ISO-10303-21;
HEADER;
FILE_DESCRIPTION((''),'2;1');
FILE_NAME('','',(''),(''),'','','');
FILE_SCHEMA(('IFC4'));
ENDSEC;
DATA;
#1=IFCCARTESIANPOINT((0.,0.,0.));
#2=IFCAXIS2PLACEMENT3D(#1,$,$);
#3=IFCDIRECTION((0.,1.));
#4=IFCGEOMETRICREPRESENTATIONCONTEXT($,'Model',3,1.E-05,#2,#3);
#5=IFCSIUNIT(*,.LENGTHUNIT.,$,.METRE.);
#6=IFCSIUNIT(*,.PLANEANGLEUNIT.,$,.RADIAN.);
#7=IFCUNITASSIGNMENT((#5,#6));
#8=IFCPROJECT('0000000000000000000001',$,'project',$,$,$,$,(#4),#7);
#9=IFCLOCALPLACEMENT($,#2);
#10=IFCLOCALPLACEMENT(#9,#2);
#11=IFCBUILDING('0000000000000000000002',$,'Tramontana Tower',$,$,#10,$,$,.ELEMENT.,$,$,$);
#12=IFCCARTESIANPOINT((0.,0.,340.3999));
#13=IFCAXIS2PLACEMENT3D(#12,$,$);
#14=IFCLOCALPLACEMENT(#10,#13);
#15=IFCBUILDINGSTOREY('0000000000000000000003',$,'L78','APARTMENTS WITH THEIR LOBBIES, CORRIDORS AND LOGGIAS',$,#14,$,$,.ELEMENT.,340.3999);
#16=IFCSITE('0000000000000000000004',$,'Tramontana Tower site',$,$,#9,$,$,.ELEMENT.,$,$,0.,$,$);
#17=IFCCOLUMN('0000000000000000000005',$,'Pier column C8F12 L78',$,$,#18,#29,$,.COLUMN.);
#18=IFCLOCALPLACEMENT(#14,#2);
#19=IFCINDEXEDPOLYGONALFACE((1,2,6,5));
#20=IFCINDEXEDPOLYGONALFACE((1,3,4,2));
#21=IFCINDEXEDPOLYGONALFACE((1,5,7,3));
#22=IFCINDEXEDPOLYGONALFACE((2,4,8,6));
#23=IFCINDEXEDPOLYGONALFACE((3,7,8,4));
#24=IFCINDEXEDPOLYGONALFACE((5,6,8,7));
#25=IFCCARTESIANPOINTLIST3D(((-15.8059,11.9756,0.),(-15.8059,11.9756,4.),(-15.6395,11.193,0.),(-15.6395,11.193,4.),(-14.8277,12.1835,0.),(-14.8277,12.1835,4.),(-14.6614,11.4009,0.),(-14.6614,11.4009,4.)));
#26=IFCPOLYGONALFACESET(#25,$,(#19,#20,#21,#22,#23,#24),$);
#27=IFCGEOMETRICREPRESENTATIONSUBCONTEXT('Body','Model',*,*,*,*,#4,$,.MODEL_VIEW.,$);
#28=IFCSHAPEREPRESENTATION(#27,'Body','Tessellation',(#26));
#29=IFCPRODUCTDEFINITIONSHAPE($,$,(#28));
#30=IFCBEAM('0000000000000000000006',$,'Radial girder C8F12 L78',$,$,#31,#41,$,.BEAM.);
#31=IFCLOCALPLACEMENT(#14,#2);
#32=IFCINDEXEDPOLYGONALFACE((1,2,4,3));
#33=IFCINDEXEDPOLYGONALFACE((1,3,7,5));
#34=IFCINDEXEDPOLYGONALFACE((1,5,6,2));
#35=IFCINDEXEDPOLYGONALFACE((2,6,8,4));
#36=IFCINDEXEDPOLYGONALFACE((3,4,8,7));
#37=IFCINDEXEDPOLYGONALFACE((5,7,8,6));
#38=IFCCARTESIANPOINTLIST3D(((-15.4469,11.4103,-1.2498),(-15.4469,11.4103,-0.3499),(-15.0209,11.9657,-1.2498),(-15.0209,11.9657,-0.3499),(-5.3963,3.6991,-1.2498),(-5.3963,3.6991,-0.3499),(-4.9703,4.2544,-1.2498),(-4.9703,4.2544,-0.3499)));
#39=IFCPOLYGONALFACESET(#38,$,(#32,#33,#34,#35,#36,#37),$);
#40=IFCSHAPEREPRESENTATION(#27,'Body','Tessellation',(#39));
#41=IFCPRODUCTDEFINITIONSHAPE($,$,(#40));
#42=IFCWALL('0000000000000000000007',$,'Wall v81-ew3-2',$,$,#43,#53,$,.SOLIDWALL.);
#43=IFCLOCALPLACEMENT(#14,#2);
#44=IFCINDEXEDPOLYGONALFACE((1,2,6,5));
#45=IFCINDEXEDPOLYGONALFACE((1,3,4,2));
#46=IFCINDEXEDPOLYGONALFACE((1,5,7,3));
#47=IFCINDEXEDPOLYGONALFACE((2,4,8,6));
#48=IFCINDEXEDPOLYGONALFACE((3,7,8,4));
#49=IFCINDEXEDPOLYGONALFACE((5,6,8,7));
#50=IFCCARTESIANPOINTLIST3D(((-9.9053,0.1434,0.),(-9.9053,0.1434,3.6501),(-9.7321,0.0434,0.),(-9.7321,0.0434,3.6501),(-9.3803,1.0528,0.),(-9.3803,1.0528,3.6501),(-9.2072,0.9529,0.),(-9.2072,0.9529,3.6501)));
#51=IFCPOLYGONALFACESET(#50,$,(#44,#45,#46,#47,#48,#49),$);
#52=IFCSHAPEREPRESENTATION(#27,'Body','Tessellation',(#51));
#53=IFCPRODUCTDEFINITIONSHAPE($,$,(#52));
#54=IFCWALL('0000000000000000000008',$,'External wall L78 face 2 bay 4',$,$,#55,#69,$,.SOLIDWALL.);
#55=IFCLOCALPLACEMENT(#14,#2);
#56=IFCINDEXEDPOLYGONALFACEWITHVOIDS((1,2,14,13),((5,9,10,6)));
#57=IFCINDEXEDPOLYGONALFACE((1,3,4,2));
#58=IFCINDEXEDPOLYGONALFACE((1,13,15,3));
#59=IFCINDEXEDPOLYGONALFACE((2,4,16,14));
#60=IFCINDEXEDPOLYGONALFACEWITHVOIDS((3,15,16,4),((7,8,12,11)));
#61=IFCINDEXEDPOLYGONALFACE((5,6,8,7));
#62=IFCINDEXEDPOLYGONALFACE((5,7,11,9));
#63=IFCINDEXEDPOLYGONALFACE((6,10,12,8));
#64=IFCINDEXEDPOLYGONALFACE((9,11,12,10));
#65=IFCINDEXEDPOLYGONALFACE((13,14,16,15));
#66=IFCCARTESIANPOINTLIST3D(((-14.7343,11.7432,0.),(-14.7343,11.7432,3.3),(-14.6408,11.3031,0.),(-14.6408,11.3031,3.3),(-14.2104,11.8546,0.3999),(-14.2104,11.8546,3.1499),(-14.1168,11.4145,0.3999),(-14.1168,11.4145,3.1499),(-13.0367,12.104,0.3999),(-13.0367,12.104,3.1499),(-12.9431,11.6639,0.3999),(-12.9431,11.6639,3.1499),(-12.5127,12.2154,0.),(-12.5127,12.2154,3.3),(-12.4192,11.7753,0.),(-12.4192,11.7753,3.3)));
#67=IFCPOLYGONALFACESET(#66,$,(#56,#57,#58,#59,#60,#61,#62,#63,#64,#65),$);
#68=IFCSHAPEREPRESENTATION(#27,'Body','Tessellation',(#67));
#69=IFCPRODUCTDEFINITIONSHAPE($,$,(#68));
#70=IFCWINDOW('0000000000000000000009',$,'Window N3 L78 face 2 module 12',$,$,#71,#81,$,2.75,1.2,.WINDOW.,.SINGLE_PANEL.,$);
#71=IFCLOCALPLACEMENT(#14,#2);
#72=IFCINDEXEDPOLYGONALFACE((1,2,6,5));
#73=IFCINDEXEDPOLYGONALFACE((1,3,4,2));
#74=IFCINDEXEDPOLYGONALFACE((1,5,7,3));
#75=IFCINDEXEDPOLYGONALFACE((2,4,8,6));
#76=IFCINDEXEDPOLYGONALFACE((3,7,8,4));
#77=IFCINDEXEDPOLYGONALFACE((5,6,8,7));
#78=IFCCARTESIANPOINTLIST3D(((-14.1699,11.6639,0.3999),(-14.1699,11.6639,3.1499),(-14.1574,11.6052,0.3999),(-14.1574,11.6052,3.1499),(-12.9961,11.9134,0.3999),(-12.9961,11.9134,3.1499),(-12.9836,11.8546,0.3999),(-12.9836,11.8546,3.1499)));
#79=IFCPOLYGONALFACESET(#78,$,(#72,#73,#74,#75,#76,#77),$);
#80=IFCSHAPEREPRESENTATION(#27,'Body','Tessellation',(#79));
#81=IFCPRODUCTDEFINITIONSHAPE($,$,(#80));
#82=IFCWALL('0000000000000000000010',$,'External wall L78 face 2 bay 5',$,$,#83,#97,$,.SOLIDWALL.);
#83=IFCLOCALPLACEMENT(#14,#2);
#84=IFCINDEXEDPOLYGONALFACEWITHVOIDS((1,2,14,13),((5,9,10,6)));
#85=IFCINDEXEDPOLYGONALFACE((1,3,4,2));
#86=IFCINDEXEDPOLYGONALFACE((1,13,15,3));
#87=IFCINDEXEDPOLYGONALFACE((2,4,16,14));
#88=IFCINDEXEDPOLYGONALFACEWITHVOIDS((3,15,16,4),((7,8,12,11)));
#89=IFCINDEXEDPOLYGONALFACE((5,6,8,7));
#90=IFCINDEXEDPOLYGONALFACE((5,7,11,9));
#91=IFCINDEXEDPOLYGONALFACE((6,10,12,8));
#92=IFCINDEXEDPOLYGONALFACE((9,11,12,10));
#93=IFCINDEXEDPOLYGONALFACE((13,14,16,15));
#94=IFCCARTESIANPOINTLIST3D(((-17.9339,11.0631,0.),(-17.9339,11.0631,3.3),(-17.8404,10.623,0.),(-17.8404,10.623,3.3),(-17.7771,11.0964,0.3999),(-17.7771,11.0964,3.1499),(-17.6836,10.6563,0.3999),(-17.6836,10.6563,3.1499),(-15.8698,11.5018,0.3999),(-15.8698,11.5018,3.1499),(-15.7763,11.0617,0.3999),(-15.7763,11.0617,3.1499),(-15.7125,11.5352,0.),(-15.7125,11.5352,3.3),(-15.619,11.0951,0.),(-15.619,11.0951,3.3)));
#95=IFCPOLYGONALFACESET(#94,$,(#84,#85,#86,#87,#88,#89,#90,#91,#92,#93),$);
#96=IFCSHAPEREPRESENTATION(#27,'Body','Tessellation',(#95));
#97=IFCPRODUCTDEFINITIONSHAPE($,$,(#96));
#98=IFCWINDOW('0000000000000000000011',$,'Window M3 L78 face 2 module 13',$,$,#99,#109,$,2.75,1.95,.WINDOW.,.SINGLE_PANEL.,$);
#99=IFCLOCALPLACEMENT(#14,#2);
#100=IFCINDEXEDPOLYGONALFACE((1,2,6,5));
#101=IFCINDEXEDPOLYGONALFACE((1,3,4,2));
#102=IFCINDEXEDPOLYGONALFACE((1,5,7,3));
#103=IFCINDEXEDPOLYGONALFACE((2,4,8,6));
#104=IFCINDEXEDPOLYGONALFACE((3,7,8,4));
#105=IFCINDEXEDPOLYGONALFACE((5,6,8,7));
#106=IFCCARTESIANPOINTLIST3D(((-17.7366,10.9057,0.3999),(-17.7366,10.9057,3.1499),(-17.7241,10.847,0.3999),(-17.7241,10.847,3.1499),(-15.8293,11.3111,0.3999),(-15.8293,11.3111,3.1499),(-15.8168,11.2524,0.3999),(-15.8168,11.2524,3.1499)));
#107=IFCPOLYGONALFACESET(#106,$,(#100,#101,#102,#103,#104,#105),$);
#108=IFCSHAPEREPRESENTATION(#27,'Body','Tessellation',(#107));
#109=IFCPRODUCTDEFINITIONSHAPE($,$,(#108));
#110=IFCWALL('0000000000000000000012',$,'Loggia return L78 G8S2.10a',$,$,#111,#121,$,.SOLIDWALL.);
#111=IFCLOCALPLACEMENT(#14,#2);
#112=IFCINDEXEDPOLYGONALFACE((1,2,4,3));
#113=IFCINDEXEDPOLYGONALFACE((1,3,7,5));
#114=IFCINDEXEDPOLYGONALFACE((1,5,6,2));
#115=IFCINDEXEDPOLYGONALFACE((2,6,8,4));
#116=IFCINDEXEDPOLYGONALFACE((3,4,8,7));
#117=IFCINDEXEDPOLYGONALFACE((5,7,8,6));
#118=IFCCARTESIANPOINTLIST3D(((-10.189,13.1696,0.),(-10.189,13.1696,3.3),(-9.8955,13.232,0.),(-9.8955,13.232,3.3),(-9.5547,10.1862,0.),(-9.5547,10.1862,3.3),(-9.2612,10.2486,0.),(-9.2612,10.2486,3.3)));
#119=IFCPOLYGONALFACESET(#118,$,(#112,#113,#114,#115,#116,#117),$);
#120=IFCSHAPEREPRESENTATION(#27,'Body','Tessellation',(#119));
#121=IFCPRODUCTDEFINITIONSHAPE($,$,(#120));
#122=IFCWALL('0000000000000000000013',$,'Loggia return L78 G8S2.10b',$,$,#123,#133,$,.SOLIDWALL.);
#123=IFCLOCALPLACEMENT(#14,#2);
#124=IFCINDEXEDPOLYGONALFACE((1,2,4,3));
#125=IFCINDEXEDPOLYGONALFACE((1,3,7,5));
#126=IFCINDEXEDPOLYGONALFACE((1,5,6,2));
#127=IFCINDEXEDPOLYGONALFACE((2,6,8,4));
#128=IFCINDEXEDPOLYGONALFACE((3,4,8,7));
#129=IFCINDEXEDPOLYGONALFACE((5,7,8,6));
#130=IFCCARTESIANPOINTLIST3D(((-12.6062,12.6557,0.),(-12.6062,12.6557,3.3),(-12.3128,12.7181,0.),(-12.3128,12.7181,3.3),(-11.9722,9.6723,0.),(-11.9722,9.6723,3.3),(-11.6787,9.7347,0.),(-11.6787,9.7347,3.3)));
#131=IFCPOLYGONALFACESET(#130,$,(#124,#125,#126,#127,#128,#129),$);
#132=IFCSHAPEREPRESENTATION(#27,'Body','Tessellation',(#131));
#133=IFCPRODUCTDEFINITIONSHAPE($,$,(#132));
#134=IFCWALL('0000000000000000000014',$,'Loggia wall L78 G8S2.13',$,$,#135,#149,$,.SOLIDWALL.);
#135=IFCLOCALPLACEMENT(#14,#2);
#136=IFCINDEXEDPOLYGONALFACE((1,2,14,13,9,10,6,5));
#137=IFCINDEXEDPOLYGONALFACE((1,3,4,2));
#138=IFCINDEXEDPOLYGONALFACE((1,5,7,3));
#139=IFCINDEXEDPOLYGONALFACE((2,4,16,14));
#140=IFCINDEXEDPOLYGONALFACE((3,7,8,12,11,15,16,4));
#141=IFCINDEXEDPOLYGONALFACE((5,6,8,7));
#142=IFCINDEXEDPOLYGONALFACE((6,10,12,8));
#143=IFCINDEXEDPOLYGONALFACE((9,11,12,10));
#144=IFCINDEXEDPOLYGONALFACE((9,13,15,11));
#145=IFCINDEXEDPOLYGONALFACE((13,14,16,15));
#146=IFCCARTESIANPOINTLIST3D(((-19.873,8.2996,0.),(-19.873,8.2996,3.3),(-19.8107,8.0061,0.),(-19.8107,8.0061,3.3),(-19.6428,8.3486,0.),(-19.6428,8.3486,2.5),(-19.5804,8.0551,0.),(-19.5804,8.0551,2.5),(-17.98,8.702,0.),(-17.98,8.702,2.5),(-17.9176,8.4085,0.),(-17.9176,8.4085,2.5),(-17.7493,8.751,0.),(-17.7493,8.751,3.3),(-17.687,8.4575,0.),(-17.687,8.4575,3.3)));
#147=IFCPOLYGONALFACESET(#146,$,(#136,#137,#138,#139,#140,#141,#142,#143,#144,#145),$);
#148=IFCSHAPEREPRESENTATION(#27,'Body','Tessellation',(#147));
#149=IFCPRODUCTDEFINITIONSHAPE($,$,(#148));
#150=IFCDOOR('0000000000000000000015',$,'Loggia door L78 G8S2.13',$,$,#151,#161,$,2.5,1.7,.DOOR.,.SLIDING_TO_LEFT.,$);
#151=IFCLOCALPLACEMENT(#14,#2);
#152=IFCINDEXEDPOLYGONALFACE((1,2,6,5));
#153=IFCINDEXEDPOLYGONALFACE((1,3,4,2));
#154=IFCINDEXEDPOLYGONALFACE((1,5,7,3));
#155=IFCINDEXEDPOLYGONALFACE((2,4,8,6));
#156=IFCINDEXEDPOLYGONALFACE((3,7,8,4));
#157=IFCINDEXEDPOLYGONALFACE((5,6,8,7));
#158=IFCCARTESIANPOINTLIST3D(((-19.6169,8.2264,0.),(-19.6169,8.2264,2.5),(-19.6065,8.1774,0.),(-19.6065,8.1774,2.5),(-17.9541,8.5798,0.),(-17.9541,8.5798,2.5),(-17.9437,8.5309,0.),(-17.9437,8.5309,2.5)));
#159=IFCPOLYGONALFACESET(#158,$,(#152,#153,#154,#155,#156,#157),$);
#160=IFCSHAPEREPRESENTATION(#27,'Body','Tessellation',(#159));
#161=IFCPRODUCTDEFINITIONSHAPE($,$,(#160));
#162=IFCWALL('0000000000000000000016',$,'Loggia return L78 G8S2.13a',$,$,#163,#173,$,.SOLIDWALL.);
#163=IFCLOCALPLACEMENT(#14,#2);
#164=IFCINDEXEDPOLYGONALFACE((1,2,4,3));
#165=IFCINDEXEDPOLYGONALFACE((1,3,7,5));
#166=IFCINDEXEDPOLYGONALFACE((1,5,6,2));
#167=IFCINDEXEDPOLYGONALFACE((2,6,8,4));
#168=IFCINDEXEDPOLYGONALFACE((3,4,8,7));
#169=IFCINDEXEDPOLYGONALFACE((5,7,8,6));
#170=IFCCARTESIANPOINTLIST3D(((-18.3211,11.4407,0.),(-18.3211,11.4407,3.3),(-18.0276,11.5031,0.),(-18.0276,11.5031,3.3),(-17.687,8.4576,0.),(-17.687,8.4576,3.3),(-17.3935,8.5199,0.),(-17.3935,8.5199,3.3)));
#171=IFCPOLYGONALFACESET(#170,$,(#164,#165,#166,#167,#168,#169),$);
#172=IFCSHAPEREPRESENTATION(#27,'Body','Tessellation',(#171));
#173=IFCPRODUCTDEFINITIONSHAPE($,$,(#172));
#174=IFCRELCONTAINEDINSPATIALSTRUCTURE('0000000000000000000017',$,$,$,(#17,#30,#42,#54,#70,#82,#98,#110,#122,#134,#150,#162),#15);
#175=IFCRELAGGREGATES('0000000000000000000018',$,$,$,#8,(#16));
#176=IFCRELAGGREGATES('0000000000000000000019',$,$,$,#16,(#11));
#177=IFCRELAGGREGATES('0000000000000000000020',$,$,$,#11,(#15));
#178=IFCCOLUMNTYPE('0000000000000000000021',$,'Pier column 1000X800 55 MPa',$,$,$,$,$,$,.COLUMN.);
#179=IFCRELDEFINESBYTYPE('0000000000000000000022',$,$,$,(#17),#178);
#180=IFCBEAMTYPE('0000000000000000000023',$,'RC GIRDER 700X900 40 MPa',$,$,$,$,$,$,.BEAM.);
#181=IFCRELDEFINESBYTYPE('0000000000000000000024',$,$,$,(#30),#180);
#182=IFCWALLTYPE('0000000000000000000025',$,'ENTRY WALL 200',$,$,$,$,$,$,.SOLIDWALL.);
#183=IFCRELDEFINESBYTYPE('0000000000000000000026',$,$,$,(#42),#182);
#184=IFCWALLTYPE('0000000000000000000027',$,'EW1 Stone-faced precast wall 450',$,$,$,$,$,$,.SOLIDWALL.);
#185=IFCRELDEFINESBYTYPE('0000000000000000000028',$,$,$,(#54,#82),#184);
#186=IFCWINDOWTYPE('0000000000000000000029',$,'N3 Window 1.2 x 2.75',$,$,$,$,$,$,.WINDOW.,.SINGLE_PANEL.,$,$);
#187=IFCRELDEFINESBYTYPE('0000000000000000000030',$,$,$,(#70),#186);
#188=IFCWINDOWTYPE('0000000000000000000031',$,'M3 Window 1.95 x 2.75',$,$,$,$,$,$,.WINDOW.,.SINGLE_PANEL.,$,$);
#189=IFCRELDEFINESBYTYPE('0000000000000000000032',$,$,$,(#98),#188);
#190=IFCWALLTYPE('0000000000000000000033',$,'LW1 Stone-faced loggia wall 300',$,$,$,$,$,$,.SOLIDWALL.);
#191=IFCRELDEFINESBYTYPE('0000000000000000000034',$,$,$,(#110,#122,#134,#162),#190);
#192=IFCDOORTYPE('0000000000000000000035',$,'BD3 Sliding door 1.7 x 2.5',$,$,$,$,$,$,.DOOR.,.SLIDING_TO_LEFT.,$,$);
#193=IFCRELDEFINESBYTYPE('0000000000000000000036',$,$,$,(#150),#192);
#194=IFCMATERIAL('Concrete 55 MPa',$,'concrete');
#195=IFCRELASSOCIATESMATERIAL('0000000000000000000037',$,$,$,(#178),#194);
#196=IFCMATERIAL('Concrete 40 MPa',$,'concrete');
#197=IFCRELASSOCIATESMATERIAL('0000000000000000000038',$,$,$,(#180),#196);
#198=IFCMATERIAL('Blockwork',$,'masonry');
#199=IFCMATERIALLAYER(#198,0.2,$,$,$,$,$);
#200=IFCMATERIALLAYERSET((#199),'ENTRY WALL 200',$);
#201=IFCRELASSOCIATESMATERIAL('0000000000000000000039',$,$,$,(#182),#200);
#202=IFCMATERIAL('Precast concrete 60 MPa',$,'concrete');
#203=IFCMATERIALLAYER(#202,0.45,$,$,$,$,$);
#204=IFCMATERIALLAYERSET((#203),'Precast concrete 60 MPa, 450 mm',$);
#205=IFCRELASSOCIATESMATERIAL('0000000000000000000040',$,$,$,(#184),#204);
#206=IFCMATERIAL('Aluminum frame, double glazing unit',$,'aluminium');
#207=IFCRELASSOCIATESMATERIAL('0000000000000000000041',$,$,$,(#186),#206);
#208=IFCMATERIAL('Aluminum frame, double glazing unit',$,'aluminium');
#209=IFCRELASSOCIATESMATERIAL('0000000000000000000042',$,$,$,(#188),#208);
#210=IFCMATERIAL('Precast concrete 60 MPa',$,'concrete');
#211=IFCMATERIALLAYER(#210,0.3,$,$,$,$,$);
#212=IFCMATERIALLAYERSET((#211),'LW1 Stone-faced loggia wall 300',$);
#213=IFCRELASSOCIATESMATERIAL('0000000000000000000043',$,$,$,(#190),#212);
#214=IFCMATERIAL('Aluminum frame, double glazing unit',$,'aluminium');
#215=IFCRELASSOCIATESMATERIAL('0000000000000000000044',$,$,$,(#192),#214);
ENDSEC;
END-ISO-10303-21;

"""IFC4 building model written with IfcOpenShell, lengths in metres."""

from ifc_helpers import new_model, si_unit, direction, frame, frame_2d, origin, origin_2d, place, context, subcontext, project, spatial, rectangle, extrude, material, layer, layer_set, material_profile, profile_set, type_object, element, fill, save


model = new_model("IFC4")

# Units and contexts
model_context = context("Model", 3, precision=1e-05, world=origin(), true_north=direction((0.0, 1.0)))
body_context = subcontext(model_context, "Body", "Model", "MODEL_VIEW")
ifc_project = project(units=[si_unit("LENGTHUNIT", "METRE"), si_unit("PLANEANGLEUNIT", "RADIAN")], contexts=[model_context])

# Site, building, storey
site_placement = place(None, origin())
site = spatial("IfcSite", under=ifc_project, at=site_placement, Name="Tramontana Tower site", CompositionType="ELEMENT", RefElevation=0.0)
building_placement = place(site_placement, origin())
building = spatial("IfcBuilding", under=site, at=building_placement, Name="Tramontana Tower", CompositionType="ELEMENT")
storey_placement = place(building_placement, frame((0.0, 0.0, 340.3999)))
storey = spatial("IfcBuildingStorey", under=building, at=storey_placement, Name="L78", Description="APARTMENTS WITH THEIR LOBBIES, CORRIDORS AND LOGGIAS", CompositionType="ELEMENT", Elevation=340.3999)

# Column
ifc_material_1 = material(Name="Concrete 55 MPa", Category="concrete")
ifc_material_profile_1 = material_profile(ifc_material_1, rectangle(XDim=1.0, YDim=0.8, at=origin_2d()), Name="Pier column 1000X800 55 MPa")
ifc_profile_set_1 = profile_set([ifc_material_profile_1], Name="Concrete 55 MPa")
column_type = type_object("IfcColumnType", Name="Pier column 1000X800 55 MPa", PredefinedType="COLUMN", material=ifc_profile_set_1)
column_placement = place(storey_placement, frame((-15.2336, 11.6882, 0.0), z_axis=(0.0, 0.0, 1.0), x_axis=(-0.978148, -0.207912, 0.0)))
element("IfcColumn", 1, at=column_placement, inside=storey, type_object=column_type, Name="Pier column C8F12 L78", PredefinedType="COLUMN", context=body_context, shape_type="SweptSolid", body=[
    extrude(rectangle(XDim=1.0, YDim=0.8, at=origin_2d()), origin(), (0.0, 0.0, 1.0), 4.0),
])

# Beam
ifc_material_2 = material(Name="Concrete 40 MPa", Category="concrete")
ifc_material_profile_2 = material_profile(ifc_material_2, rectangle(XDim=0.7, YDim=0.8999, at=origin_2d()), Name="RC GIRDER 700X900 40 MPa")
ifc_profile_set_2 = profile_set([ifc_material_profile_2], Name="Concrete 40 MPa")
beam_type = type_object("IfcBeamType", Name="RC GIRDER 700X900 40 MPa", PredefinedType="BEAM", material=ifc_profile_set_2)
beam_placement = place(storey_placement, frame((-15.2339, 11.688, -0.7998), z_axis=(0.793386, -0.608718, 0.0), x_axis=(0.608718, 0.793386, 0.0)))
element("IfcBeam", 2, at=beam_placement, inside=storey, type_object=beam_type, Name="Radial girder C8F12 L78", PredefinedType="BEAM", context=body_context, shape_type="SweptSolid", body=[
    extrude(rectangle(XDim=0.7, YDim=0.8999, at=origin_2d()), origin(), (0.0, 0.0, 1.0), 12.668),
])

# Wall
ifc_material_3 = material(Name="Blockwork", Category="masonry")
ifc_layer_1 = layer(ifc_material_3, 0.2)
ifc_layer_set_1 = layer_set([ifc_layer_1], Name="ENTRY WALL 200")
wall_type_1 = type_object("IfcWallType", Name="ENTRY WALL 200", PredefinedType="SOLIDWALL", material=ifc_layer_set_1)
wall_1_placement = place(storey_placement, frame((-9.8186, 0.0935, 0.0), z_axis=(0.0, 0.0, 1.0), x_axis=(0.49989, 0.866089, 0.0)))
element("IfcWall", 3, at=wall_1_placement, inside=storey, type_object=wall_type_1, Name="Wall v81-ew3-2", PredefinedType="SOLIDWALL", context=body_context, shape_type="SweptSolid", body=[
    extrude(rectangle(XDim=1.05, YDim=0.2, at=frame_2d((0.5249, 0.0))), origin(), (0.0, 0.0, 1.0), 3.6501),
])

# Walls, openings, windows
ifc_material_4 = material(Name="Precast concrete 60 MPa", Category="concrete")
ifc_layer_2 = layer(ifc_material_4, 0.45)
ifc_layer_set_2 = layer_set([ifc_layer_2], Name="Precast concrete 60 MPa, 450 mm")
wall_type_2 = type_object("IfcWallType", Name="EW1 Stone-faced precast wall 450", PredefinedType="SOLIDWALL", material=ifc_layer_set_2)
wall_2_placement = place(storey_placement, frame((-12.4658, 11.9954, 0.0), z_axis=(0.0, 0.0, 1.0), x_axis=(-0.978153, -0.207884, 0.0)))
wall_2 = element("IfcWall", 4, at=wall_2_placement, inside=storey, type_object=wall_type_2, Name="External wall L78 face 2 bay 4", PredefinedType="SOLIDWALL", context=body_context, shape_type="SweptSolid", body=[
    extrude(rectangle(XDim=2.2712, YDim=0.45, at=frame_2d((1.1357, 0.0))), origin(), (0.0, 0.0, 1.0), 3.3),
])
opening_1_placement = place(wall_2_placement, frame((0.5356, 0.0, 0.3999)))
opening_1 = element("IfcOpeningElement", 5, at=opening_1_placement, cuts=wall_2, PredefinedType="OPENING", context=body_context, shape_type="SweptSolid", body=[
    extrude(rectangle(XDim=1.2, YDim=2.75, at=frame_2d((0.6001, 1.375))), frame((0.0, 0.2349, 0.0), z_axis=(0.0, -1.0, 0.0), x_axis=(1.0, 0.0, 0.0)), (0.0, 0.0, 1.0), 0.47),
])
ifc_material_5 = material(Name="Aluminum frame, double glazing unit", Category="aluminium")
window_type_1 = type_object("IfcWindowType", Name="N3 Window 1.2 x 2.75", PartitioningType="SINGLE_PANEL", PredefinedType="WINDOW", material=ifc_material_5)
window_1_placement = place(opening_1_placement, origin())
window_1 = element("IfcWindow", 6, at=window_1_placement, inside=storey, type_object=window_type_1, Name="Window N3 L78 face 2 module 12", OverallHeight=2.75, OverallWidth=1.2, PartitioningType="SINGLE_PANEL", PredefinedType="WINDOW", context=body_context, shape_type="SweptSolid", body=[
    extrude(rectangle(XDim=1.2, YDim=2.75, at=frame_2d((0.6001, 1.375))), frame((0.0, 0.03, 0.0), z_axis=(0.0, -1.0, 0.0), x_axis=(1.0, 0.0, 0.0)), (0.0, 0.0, 1.0), 0.0601),
])
fill(opening_1, window_1)
wall_3_placement = place(storey_placement, frame((-15.6658, 11.3152, 0.0), z_axis=(0.0, 0.0, 1.0), x_axis=(-0.978149, -0.207906, 0.0)))
wall_3 = element("IfcWall", 7, at=wall_3_placement, inside=storey, type_object=wall_type_2, Name="External wall L78 face 2 bay 5", PredefinedType="SOLIDWALL", context=body_context, shape_type="SweptSolid", body=[
    extrude(rectangle(XDim=2.271, YDim=0.45, at=frame_2d((1.1355, 0.0))), origin(), (0.0, 0.0, 1.0), 3.3),
])
opening_2_placement = place(wall_3_placement, frame((0.1606, 0.0, 0.3999)))
opening_2 = element("IfcOpeningElement", 8, at=opening_2_placement, cuts=wall_3, PredefinedType="OPENING", context=body_context, shape_type="SweptSolid", body=[
    extrude(rectangle(XDim=1.95, YDim=2.75, at=frame_2d((0.9751, 1.375))), frame((0.0, 0.2349, 0.0), z_axis=(0.0, -1.0, 0.0), x_axis=(1.0, 0.0, 0.0)), (0.0, 0.0, 1.0), 0.47),
])
ifc_material_6 = material(Name="Aluminum frame, double glazing unit", Category="aluminium")
window_type_2 = type_object("IfcWindowType", Name="M3 Window 1.95 x 2.75", PartitioningType="SINGLE_PANEL", PredefinedType="WINDOW", material=ifc_material_6)
window_2_placement = place(opening_2_placement, origin())
window_2 = element("IfcWindow", 9, at=window_2_placement, inside=storey, type_object=window_type_2, Name="Window M3 L78 face 2 module 13", OverallHeight=2.75, OverallWidth=1.95, PartitioningType="SINGLE_PANEL", PredefinedType="WINDOW", context=body_context, shape_type="SweptSolid", body=[
    extrude(rectangle(XDim=1.95, YDim=2.75, at=frame_2d((0.9751, 1.375))), frame((0.0, 0.03, 0.0), z_axis=(0.0, -1.0, 0.0), x_axis=(1.0, 0.0, 0.0)), (0.0, 0.0, 1.0), 0.0601),
])
fill(opening_2, window_2)

# Walls
ifc_material_7 = material(Name="Precast concrete 60 MPa", Category="concrete")
ifc_layer_3 = layer(ifc_material_7, 0.3)
ifc_layer_set_3 = layer_set([ifc_layer_3], Name="LW1 Stone-faced loggia wall 300")
wall_type_3 = type_object("IfcWallType", Name="LW1 Stone-faced loggia wall 300", PredefinedType="SOLIDWALL", material=ifc_layer_set_3)
for number, where, z_axis, x_axis, name in (
    (10, (-10.0422, 13.2007, 0.0), (0.0, 0.0, 1.0), (0.207954, -0.978139, 0.0), "Loggia return L78 G8S2.10a"),
    (11, (-12.4595, 12.6868, 0.0), (0.0, 0.0, 1.0), (0.207878, -0.978155, 0.0), "Loggia return L78 G8S2.10b"),
):
    element("IfcWall", number, at=place(storey_placement, frame(where, z_axis=z_axis, x_axis=x_axis)), inside=storey, type_object=wall_type_3, Name=name, PredefinedType="SOLIDWALL", context=body_context, shape_type="SweptSolid", body=[
        extrude(rectangle(XDim=3.05, YDim=0.3, at=frame_2d((1.5249, 0.0))), origin(), (0.0, 0.0, 1.0), 3.3),
    ])

# Wall, opening, door
wall_4_placement = place(storey_placement, frame((-17.7183, 8.6042, 0.0), z_axis=(0.0, 0.0, 1.0), x_axis=(-0.978148, -0.207909, 0.0)))
wall_4 = element("IfcWall", 12, at=wall_4_placement, inside=storey, type_object=wall_type_3, Name="Loggia wall L78 G8S2.13", PredefinedType="SOLIDWALL", context=body_context, shape_type="SweptSolid", body=[
    extrude(rectangle(XDim=2.1711, YDim=0.3, at=frame_2d((1.0854, 0.0))), origin(), (0.0, 0.0, 1.0), 3.3),
])
opening_3_placement = place(wall_4_placement, frame((0.2356, 0.0, 0.0)))
opening_3 = element("IfcOpeningElement", 13, at=opening_3_placement, cuts=wall_4, PredefinedType="OPENING", context=body_context, shape_type="SweptSolid", body=[
    extrude(rectangle(XDim=1.7, YDim=2.5, at=frame_2d((0.8501, 1.25))), frame((0.0, 0.1599, 0.0), z_axis=(0.0, -1.0, 0.0), x_axis=(1.0, 0.0, 0.0)), (0.0, 0.0, 1.0), 0.3201),
])
ifc_material_8 = material(Name="Aluminum frame, double glazing unit", Category="aluminium")
door_type_1 = type_object("IfcDoorType", Name="BD3 Sliding door 1.7 x 2.5", OperationType="SLIDING_TO_LEFT", PredefinedType="DOOR", material=ifc_material_8)
door_1_placement = place(opening_3_placement, origin())
door_1 = element("IfcDoor", 14, at=door_1_placement, inside=storey, type_object=door_type_1, Name="Loggia door L78 G8S2.13", OperationType="SLIDING_TO_LEFT", OverallHeight=2.5, OverallWidth=1.7, PredefinedType="DOOR", context=body_context, shape_type="SweptSolid", body=[
    extrude(rectangle(XDim=1.7, YDim=2.5, at=frame_2d((0.8501, 1.25))), frame((0.0, 0.0249, 0.0), z_axis=(0.0, -1.0, 0.0), x_axis=(1.0, 0.0, 0.0)), (0.0, 0.0, 1.0), 0.05),
])
fill(opening_3, door_1)

# Wall
wall_5_placement = place(storey_placement, frame((-18.1743, 11.4719, 0.0), z_axis=(0.0, 0.0, 1.0), x_axis=(0.207894, -0.978151, 0.0)))
element("IfcWall", 15, at=wall_5_placement, inside=storey, type_object=wall_type_3, Name="Loggia return L78 G8S2.13a", PredefinedType="SOLIDWALL", context=body_context, shape_type="SweptSolid", body=[
    extrude(rectangle(XDim=3.0498, YDim=0.3, at=frame_2d((1.5249, 0.0))), origin(), (0.0, 0.0, 1.0), 3.3),
])

save(model, "model.ifc")
